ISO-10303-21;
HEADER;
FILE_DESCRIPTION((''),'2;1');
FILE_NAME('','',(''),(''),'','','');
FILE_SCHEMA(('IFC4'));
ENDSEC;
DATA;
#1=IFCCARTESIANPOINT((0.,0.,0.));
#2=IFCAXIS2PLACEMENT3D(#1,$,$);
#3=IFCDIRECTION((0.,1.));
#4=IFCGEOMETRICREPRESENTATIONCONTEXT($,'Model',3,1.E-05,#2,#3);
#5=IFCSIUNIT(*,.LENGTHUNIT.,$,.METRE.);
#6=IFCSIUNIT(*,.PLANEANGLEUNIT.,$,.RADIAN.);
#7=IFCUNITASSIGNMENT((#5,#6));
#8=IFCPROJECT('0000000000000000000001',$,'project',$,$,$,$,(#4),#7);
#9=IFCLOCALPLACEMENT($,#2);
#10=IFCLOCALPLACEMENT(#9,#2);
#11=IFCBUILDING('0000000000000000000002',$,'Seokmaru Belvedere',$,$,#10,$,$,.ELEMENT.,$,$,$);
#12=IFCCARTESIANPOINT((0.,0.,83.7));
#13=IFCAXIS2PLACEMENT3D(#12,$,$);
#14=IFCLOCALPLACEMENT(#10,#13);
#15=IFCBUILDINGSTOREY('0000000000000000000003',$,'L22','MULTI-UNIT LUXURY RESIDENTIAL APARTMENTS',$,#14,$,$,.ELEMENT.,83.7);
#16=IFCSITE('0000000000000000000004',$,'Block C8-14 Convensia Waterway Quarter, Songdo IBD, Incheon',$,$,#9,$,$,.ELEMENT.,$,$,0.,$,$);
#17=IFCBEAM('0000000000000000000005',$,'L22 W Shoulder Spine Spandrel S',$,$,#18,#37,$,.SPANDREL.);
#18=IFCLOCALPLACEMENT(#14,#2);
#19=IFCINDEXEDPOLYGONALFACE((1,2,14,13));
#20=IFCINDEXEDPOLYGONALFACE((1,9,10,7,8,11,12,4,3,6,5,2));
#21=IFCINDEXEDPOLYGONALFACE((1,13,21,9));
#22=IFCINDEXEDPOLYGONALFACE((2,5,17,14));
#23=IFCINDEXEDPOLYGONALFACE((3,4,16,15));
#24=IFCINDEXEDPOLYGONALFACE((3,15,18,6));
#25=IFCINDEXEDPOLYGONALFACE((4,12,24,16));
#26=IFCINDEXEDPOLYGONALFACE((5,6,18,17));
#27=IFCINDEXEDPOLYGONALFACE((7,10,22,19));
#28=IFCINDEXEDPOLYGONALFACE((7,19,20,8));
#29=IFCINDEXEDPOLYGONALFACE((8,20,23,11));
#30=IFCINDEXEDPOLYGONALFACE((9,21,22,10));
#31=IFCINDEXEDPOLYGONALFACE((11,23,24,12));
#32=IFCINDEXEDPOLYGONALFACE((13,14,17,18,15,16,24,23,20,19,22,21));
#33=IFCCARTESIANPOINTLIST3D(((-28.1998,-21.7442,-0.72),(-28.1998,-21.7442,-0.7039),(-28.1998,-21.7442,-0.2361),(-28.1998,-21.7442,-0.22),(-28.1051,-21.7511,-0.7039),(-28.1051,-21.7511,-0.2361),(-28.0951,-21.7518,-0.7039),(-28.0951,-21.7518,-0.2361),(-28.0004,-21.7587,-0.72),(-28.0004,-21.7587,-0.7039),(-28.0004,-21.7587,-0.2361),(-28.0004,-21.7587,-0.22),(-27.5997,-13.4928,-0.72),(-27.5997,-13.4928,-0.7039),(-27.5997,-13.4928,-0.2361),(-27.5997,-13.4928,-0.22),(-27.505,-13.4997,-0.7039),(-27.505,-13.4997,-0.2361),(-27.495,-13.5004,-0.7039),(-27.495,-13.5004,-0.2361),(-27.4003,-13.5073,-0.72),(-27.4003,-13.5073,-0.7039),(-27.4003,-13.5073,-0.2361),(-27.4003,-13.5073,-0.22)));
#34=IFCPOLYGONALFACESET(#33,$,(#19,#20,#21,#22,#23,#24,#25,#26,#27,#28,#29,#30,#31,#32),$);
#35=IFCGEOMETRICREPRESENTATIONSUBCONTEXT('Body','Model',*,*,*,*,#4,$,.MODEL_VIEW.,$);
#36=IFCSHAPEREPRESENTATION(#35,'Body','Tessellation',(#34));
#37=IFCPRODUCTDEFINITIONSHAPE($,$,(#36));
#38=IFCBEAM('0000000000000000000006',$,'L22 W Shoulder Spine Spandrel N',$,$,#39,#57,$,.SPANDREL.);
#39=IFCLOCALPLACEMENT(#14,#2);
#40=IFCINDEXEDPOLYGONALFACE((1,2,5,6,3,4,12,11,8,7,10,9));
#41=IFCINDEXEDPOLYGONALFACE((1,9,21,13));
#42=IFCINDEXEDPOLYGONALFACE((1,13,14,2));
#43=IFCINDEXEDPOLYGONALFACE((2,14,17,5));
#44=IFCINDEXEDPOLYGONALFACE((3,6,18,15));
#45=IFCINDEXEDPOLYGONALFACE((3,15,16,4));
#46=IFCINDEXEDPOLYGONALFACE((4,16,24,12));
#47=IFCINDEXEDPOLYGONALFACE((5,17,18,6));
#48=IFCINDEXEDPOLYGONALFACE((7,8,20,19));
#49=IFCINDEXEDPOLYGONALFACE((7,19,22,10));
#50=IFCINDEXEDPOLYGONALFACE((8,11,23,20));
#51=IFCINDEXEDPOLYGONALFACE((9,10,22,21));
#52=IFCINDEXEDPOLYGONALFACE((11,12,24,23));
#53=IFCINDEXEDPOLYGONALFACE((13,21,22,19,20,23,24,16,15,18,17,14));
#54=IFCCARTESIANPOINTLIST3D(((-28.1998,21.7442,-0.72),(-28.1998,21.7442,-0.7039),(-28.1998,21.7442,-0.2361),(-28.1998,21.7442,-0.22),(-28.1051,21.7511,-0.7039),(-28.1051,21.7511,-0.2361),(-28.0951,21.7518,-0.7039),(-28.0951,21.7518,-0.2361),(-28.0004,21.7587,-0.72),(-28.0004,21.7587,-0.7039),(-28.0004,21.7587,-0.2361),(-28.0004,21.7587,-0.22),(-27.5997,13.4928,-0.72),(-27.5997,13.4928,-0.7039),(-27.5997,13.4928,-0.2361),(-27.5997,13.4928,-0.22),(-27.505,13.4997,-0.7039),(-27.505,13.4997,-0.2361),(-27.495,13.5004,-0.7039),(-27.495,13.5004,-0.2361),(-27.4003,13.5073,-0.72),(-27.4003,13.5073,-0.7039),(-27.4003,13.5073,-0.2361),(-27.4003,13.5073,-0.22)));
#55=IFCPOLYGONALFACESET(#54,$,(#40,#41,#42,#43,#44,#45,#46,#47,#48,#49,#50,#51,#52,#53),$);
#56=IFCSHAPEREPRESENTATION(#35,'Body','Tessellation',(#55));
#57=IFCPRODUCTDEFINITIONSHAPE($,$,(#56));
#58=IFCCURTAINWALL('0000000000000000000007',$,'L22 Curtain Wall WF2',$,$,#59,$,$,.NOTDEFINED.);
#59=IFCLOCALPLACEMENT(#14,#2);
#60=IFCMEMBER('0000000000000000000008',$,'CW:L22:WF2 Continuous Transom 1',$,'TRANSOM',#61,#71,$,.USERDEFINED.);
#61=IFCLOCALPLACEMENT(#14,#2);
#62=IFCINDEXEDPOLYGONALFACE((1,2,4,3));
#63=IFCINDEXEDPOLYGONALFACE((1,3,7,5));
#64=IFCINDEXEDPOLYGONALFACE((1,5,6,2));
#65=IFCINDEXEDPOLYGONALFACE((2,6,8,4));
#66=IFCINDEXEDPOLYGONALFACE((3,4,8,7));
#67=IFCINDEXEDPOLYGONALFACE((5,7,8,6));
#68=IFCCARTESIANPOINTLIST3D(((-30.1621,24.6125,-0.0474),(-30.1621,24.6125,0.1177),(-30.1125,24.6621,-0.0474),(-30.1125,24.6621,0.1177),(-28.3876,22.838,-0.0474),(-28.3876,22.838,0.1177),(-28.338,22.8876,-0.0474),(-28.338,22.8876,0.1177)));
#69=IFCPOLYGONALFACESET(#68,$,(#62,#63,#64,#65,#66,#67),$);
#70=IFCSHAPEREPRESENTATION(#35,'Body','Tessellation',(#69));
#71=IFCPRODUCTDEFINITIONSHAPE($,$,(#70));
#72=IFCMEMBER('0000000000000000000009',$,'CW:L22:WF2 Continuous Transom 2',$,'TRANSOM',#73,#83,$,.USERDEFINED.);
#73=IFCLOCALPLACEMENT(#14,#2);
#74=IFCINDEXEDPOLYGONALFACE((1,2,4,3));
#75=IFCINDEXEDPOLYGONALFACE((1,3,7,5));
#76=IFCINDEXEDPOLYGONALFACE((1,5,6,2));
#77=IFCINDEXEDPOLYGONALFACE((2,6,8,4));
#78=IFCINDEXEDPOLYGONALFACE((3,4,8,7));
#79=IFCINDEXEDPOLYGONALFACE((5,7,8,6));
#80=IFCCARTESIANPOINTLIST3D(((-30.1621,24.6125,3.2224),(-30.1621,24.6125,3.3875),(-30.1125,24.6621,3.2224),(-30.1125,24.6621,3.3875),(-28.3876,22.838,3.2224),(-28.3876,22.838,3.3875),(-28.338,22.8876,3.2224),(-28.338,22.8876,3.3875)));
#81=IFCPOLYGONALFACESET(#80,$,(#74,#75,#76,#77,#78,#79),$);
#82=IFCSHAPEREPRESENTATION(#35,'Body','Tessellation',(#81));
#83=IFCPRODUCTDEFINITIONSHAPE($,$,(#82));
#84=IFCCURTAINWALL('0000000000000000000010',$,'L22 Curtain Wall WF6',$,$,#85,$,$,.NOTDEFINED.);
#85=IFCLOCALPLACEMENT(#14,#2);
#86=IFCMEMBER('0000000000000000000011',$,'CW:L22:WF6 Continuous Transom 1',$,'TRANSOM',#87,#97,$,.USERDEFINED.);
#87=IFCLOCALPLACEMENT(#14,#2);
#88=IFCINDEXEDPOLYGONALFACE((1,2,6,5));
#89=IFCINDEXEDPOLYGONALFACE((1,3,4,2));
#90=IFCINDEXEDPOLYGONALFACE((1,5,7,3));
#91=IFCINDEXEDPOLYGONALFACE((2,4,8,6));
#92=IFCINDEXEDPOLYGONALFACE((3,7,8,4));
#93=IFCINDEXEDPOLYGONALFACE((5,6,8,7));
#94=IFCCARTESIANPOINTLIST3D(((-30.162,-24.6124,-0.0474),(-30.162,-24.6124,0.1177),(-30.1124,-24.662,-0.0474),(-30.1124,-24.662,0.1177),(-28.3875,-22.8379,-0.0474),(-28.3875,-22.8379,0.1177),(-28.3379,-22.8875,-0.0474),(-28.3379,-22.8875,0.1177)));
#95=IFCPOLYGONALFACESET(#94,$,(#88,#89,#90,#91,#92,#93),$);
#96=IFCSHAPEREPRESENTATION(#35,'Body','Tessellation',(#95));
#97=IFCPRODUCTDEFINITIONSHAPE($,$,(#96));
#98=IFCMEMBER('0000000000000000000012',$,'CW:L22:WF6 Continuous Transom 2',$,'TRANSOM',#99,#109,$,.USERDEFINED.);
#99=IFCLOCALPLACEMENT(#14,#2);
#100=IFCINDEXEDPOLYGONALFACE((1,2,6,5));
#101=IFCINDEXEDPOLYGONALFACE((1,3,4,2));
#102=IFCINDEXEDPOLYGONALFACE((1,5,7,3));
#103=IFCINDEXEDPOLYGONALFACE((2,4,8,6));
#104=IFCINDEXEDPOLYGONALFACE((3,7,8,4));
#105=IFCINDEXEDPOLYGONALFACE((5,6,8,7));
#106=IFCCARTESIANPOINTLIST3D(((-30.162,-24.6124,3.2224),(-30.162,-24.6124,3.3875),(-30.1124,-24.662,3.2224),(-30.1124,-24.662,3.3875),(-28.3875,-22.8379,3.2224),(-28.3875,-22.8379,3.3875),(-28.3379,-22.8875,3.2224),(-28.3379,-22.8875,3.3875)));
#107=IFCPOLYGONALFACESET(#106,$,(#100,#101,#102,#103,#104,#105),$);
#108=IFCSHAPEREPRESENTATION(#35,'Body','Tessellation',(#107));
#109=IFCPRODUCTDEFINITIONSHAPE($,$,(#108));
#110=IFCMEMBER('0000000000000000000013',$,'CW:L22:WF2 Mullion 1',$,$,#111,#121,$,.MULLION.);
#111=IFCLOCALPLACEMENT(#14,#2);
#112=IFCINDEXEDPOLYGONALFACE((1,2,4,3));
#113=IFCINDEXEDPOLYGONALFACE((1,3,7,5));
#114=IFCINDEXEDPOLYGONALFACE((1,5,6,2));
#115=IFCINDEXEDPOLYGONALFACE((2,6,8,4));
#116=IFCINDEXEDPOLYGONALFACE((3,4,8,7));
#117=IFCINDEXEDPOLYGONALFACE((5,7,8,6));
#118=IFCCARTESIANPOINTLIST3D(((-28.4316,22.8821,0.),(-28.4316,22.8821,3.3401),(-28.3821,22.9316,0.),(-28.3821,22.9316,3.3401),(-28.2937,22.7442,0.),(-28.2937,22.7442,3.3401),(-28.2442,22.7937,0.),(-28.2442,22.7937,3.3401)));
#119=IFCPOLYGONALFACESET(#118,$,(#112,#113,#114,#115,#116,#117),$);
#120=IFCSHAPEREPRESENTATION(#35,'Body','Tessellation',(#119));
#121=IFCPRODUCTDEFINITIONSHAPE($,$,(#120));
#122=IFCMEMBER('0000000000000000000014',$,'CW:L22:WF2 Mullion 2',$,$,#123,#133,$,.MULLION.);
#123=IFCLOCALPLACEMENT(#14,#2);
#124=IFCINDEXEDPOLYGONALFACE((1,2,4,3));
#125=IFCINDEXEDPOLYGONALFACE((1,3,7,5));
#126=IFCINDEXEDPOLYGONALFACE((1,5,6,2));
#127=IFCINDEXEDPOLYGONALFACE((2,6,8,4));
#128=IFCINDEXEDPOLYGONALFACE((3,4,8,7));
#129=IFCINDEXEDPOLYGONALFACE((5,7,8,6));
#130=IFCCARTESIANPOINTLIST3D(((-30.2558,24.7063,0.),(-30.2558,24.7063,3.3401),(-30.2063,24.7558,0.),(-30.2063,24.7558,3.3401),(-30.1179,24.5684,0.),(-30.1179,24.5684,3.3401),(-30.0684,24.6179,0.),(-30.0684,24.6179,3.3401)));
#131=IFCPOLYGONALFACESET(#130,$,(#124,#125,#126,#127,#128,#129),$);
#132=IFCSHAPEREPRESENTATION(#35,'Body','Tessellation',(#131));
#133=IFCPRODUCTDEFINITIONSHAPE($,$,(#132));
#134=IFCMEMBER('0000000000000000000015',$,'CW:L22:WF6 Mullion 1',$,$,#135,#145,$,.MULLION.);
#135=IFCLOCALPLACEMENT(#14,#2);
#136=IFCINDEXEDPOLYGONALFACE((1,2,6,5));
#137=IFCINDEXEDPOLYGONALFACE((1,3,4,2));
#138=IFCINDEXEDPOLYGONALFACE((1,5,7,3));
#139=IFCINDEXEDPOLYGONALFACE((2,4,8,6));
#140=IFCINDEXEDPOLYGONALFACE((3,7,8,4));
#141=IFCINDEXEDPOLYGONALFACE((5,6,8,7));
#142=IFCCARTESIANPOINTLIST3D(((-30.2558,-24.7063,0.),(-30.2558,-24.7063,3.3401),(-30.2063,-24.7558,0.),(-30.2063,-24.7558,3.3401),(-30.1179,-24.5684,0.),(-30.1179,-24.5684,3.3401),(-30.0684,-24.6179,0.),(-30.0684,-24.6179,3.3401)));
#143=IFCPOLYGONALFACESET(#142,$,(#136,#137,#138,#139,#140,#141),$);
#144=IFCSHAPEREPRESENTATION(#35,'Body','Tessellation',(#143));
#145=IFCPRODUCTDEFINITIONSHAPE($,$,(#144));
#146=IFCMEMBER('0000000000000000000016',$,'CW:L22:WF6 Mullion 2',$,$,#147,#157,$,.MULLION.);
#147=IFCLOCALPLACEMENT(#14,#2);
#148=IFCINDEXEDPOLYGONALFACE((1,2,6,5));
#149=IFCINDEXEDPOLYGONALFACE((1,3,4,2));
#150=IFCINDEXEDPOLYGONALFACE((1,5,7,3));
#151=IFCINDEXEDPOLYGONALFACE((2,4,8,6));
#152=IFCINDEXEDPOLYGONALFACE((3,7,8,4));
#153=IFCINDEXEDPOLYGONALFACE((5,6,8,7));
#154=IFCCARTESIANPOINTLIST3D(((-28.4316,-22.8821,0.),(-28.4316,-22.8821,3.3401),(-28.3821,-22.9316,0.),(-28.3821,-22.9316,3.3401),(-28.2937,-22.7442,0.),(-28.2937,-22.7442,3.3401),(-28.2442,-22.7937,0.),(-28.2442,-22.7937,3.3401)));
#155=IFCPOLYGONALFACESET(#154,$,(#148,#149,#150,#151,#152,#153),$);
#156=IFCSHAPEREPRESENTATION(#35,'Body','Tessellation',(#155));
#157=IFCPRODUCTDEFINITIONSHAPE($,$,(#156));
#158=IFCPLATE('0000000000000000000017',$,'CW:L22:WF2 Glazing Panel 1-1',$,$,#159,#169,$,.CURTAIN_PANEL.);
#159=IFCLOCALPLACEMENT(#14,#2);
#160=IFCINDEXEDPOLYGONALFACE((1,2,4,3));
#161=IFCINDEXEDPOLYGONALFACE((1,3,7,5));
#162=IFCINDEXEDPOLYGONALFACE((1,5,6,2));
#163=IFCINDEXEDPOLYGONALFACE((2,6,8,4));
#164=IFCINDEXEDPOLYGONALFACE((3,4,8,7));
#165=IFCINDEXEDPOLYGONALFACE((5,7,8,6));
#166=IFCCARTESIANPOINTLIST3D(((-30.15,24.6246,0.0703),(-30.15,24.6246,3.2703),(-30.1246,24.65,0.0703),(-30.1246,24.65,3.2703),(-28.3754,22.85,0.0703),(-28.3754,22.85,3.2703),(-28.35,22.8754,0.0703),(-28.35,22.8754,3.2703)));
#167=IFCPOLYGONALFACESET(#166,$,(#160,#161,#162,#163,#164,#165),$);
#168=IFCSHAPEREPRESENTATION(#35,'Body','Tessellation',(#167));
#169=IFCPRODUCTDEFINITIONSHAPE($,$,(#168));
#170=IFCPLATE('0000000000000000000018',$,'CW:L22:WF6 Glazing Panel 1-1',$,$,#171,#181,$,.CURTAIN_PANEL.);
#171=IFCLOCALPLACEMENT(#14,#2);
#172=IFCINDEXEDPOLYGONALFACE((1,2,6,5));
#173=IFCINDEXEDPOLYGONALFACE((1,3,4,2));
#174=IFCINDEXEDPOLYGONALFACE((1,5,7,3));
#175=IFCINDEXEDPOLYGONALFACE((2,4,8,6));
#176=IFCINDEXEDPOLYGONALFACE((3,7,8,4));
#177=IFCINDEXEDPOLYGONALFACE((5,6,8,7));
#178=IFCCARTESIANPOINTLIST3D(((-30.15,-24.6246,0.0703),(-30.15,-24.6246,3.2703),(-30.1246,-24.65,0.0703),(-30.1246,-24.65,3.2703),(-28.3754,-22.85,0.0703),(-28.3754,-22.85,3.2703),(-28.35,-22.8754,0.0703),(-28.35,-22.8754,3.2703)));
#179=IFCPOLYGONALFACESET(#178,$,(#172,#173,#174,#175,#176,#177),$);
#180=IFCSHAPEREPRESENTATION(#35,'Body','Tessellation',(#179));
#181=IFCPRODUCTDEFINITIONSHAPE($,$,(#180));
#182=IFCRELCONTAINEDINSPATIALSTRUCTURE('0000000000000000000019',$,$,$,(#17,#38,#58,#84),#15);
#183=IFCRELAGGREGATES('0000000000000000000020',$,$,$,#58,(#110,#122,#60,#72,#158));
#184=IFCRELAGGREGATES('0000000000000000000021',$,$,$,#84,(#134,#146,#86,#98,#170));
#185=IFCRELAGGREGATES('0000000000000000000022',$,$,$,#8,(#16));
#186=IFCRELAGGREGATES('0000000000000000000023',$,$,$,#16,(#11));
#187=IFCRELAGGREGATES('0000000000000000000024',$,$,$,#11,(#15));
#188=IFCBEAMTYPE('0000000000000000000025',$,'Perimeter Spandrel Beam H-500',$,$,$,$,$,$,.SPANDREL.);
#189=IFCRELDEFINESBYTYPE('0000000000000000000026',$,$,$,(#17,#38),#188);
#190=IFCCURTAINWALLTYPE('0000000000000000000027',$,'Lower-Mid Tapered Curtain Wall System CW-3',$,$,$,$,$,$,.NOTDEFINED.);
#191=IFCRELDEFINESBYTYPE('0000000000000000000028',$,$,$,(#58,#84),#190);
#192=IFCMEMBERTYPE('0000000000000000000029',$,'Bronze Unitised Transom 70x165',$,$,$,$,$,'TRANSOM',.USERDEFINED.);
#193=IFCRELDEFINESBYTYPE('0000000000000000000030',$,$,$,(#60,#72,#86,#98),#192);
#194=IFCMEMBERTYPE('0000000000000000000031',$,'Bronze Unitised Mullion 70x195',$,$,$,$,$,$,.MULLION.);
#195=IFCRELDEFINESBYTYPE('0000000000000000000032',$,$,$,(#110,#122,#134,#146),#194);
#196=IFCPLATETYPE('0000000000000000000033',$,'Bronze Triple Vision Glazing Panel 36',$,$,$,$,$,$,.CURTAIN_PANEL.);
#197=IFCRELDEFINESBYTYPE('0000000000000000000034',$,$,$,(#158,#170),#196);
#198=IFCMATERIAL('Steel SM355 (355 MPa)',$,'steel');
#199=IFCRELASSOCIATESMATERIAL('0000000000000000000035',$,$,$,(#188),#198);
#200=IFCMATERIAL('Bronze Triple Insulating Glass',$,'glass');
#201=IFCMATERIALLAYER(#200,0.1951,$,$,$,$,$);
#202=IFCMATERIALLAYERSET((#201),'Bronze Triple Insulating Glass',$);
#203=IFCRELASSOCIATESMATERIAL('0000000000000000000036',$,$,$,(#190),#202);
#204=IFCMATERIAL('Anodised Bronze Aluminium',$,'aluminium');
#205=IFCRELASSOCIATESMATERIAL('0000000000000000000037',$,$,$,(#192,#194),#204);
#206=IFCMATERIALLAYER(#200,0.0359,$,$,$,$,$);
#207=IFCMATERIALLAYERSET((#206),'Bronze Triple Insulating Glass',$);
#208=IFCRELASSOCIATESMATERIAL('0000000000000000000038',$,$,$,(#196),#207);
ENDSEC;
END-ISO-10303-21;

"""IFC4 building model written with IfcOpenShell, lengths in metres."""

from ifc_helpers import new_model, si_unit, direction, frame, origin, origin_2d, place, context, subcontext, project, spatial, rectangle, i_section, extrude, source, transform, mapped, material, layer, layer_set, material_profile, profile_set, type_object, type_shapes, element, aggregate, save


model = new_model("IFC4")

# Units and contexts
model_context = context("Model", 3, precision=1e-05, world=origin(), true_north=direction((0.0, 1.0)))
body_context = subcontext(model_context, "Body", "Model", "MODEL_VIEW")
ifc_project = project(units=[si_unit("LENGTHUNIT", "METRE"), si_unit("PLANEANGLEUNIT", "RADIAN")], contexts=[model_context])

# Site, building, storey
site_placement = place(None, origin())
site = spatial("IfcSite", under=ifc_project, at=site_placement, Name="Block C8-14 Convensia Waterway Quarter, Songdo IBD, Incheon", CompositionType="ELEMENT", RefElevation=0.0)
building_placement = place(site_placement, origin())
building = spatial("IfcBuilding", under=site, at=building_placement, Name="Seokmaru Belvedere", CompositionType="ELEMENT")
storey_placement = place(building_placement, frame((0.0, 0.0, 83.7)))
storey = spatial("IfcBuildingStorey", under=building, at=storey_placement, Name="L22", Description="MULTI-UNIT LUXURY RESIDENTIAL APARTMENTS", CompositionType="ELEMENT", Elevation=83.7)

# Shared definitions
ifc_material_1 = material(Name="Steel SM355 (355 MPa)", Category="steel")

# Beams
ifc_material_profile_1 = material_profile(ifc_material_1, i_section(OverallWidth=0.2, OverallDepth=0.5, WebThickness=0.01, FlangeThickness=0.0161, at=origin_2d()), Name="H-500x200x10x16")
ifc_profile_set_1 = profile_set([ifc_material_profile_1], Name="Steel SM355 (355 MPa)")
beam_type = type_object("IfcBeamType", Name="Perimeter Spandrel Beam H-500", PredefinedType="SPANDREL", material=ifc_profile_set_1)
shared_shape_1 = source(origin(), body_context, "Body", "SweptSolid", [
    extrude(i_section(OverallWidth=0.2, OverallDepth=0.5, WebThickness=0.01, FlangeThickness=0.0161, at=origin_2d()), origin(), (0.0, 0.0, 1.0), 8.2732),
])
for number, where, z_axis, x_axis, name in (
    (1, (-28.1001, -21.7515, -0.47), (0.072535, 0.997366, 0.0), (-0.997366, 0.072535, 0.0), "L22 W Shoulder Spine Spandrel S"),
    (2, (-28.1001, 21.7515, -0.47), (0.072535, -0.997366, 0.0), (0.997366, 0.072535, 0.0), "L22 W Shoulder Spine Spandrel N"),
):
    element("IfcBeam", number, at=place(storey_placement, frame(where, z_axis=z_axis, x_axis=x_axis)), inside=storey, type_object=beam_type, Name=name, PredefinedType="SPANDREL", context=body_context, shape_type="MappedRepresentation", body=[
        mapped(shared_shape_1, transform((0.0, 0.0, 0.0), scale=1.0)),
    ])

# Curtain walls, members
ifc_material_2 = material(Name="Bronze Triple Insulating Glass", Category="glass")
ifc_layer_1 = layer(ifc_material_2, 0.1951)
ifc_layer_set_1 = layer_set([ifc_layer_1], Name="Bronze Triple Insulating Glass")
curtain_wall_type = type_object("IfcCurtainWallType", Name="Lower-Mid Tapered Curtain Wall System CW-3", PredefinedType="NOTDEFINED", material=ifc_layer_set_1)
curtain_wall_1_placement = place(storey_placement, origin())
curtain_wall_1 = element("IfcCurtainWall", 3, at=curtain_wall_1_placement, inside=storey, type_object=curtain_wall_type, Name="L22 Curtain Wall WF2", PredefinedType="NOTDEFINED")
ifc_material_3 = material(Name="Anodised Bronze Aluminium", Category="aluminium")
ifc_material_profile_2 = material_profile(ifc_material_3, rectangle(XDim=0.0701, YDim=0.165, at=origin_2d()), Name="CW-T-70x165")
ifc_profile_set_2 = profile_set([ifc_material_profile_2], Name="Anodised Bronze Aluminium")
member_type_1 = type_object("IfcMemberType", Name="Bronze Unitised Transom 70x165", ElementType="TRANSOM", PredefinedType="USERDEFINED", material=ifc_profile_set_2)
shared_shape_2 = source(origin(), body_context, "Body", "SweptSolid", [
    extrude(rectangle(XDim=0.0701, YDim=0.165, at=origin_2d()), origin(), (0.0, 0.0, 1.0), 2.5095),
])
type_shapes(member_type_1, [shared_shape_2])
member_1_placement = place(storey_placement, frame((-28.3628, 22.8628, 0.0352), z_axis=(-0.707107, 0.707107, 0.0), x_axis=(-0.707107, -0.707107, 0.0)))
member_1 = element("IfcMember", 4, at=member_1_placement, type_object=member_type_1, Name="CW:L22:WF2 Continuous Transom 1", ObjectType="TRANSOM", PredefinedType="USERDEFINED", context=body_context, shape_type="MappedRepresentation", body=[
    mapped(shared_shape_2, transform((0.0, 0.0, 0.0), scale=1.0)),
])
member_2_placement = place(storey_placement, frame((-28.3628, 22.8628, 3.3049), z_axis=(-0.707107, 0.707107, 0.0), x_axis=(-0.707107, -0.707107, 0.0)))
member_2 = element("IfcMember", 5, at=member_2_placement, type_object=member_type_1, Name="CW:L22:WF2 Continuous Transom 2", ObjectType="TRANSOM", PredefinedType="USERDEFINED", context=body_context, shape_type="MappedRepresentation", body=[
    mapped(shared_shape_2, transform((0.0, 0.0, 0.0), scale=1.0)),
])
curtain_wall_2_placement = place(storey_placement, origin())
curtain_wall_2 = element("IfcCurtainWall", 6, at=curtain_wall_2_placement, inside=storey, type_object=curtain_wall_type, Name="L22 Curtain Wall WF6", PredefinedType="NOTDEFINED")
member_3_placement = place(storey_placement, frame((-30.1372, -24.6372, 0.0352), z_axis=(0.707107, 0.707107, 0.0), x_axis=(-0.707107, 0.707107, 0.0)))
member_3 = element("IfcMember", 7, at=member_3_placement, type_object=member_type_1, Name="CW:L22:WF6 Continuous Transom 1", ObjectType="TRANSOM", PredefinedType="USERDEFINED", context=body_context, shape_type="MappedRepresentation", body=[
    mapped(shared_shape_2, transform((0.0, 0.0, 0.0), scale=1.0)),
])
member_4_placement = place(storey_placement, frame((-30.1372, -24.6372, 3.3049), z_axis=(0.707107, 0.707107, 0.0), x_axis=(-0.707107, 0.707107, 0.0)))
member_4 = element("IfcMember", 8, at=member_4_placement, type_object=member_type_1, Name="CW:L22:WF6 Continuous Transom 2", ObjectType="TRANSOM", PredefinedType="USERDEFINED", context=body_context, shape_type="MappedRepresentation", body=[
    mapped(shared_shape_2, transform((0.0, 0.0, 0.0), scale=1.0)),
])

# Members
ifc_material_profile_3 = material_profile(ifc_material_3, rectangle(XDim=0.0701, YDim=0.1951, at=origin_2d()), Name="CW-M-70x195")
ifc_profile_set_3 = profile_set([ifc_material_profile_3], Name="Anodised Bronze Aluminium")
member_type_2 = type_object("IfcMemberType", Name="Bronze Unitised Mullion 70x195", PredefinedType="MULLION", material=ifc_profile_set_3)
shared_shape_3 = source(origin(), body_context, "Body", "SweptSolid", [
    extrude(rectangle(XDim=0.0701, YDim=0.1951, at=origin_2d()), origin(), (0.0, 0.0, 1.0), 3.3401),
])
type_shapes(member_type_2, [shared_shape_3])
member_5_placement = place(storey_placement, frame((-28.3379, 22.8379, 0.0), z_axis=(0.0, 0.0, 1.0), x_axis=(-0.707107, -0.707107, 0.0)))
member_5 = element("IfcMember", 9, at=member_5_placement, type_object=member_type_2, Name="CW:L22:WF2 Mullion 1", PredefinedType="MULLION", context=body_context, shape_type="MappedRepresentation", body=[
    mapped(shared_shape_3, transform((0.0, 0.0, 0.0), scale=1.0)),
])
member_6_placement = place(storey_placement, frame((-30.1621, 24.6621, 0.0), z_axis=(0.0, 0.0, 1.0), x_axis=(-0.707107, -0.707107, 0.0)))
member_6 = element("IfcMember", 10, at=member_6_placement, type_object=member_type_2, Name="CW:L22:WF2 Mullion 2", PredefinedType="MULLION", context=body_context, shape_type="MappedRepresentation", body=[
    mapped(shared_shape_3, transform((0.0, 0.0, 0.0), scale=1.0)),
])
member_7_placement = place(storey_placement, frame((-30.1621, -24.6621, 0.0), z_axis=(0.0, 0.0, 1.0), x_axis=(-0.707107, 0.707107, 0.0)))
member_7 = element("IfcMember", 11, at=member_7_placement, type_object=member_type_2, Name="CW:L22:WF6 Mullion 1", PredefinedType="MULLION", context=body_context, shape_type="MappedRepresentation", body=[
    mapped(shared_shape_3, transform((0.0, 0.0, 0.0), scale=1.0)),
])
member_8_placement = place(storey_placement, frame((-28.3379, -22.8379, 0.0), z_axis=(0.0, 0.0, 1.0), x_axis=(-0.707107, 0.707107, 0.0)))
member_8 = element("IfcMember", 12, at=member_8_placement, type_object=member_type_2, Name="CW:L22:WF6 Mullion 2", PredefinedType="MULLION", context=body_context, shape_type="MappedRepresentation", body=[
    mapped(shared_shape_3, transform((0.0, 0.0, 0.0), scale=1.0)),
])

# Plates
ifc_layer_2 = layer(ifc_material_2, 0.0359)
ifc_layer_set_2 = layer_set([ifc_layer_2], Name="Bronze Triple Insulating Glass")
plate_type = type_object("IfcPlateType", Name="Bronze Triple Vision Glazing Panel 36", PredefinedType="CURTAIN_PANEL", material=ifc_layer_set_2)
shared_shape_4 = source(origin(), body_context, "Body", "SweptSolid", [
    extrude(rectangle(XDim=2.5098, YDim=0.0359, at=origin_2d()), origin(), (0.0, 0.0, 1.0), 3.2),
])
type_shapes(plate_type, [shared_shape_4])
plate_1_placement = place(storey_placement, frame((-29.25, 23.75, 0.0703), z_axis=(0.0, 0.0, 1.0), x_axis=(-0.707107, 0.707107, 0.0)))
plate_1 = element("IfcPlate", 13, at=plate_1_placement, type_object=plate_type, Name="CW:L22:WF2 Glazing Panel 1-1", PredefinedType="CURTAIN_PANEL", context=body_context, shape_type="MappedRepresentation", body=[
    mapped(shared_shape_4, transform((0.0, 0.0, 0.0), scale=1.0)),
])
aggregate(curtain_wall_1, [member_5, member_6, member_1, member_2, plate_1])
plate_2_placement = place(storey_placement, frame((-29.25, -23.75, 0.0703), z_axis=(0.0, 0.0, 1.0), x_axis=(0.707107, 0.707107, 0.0)))
plate_2 = element("IfcPlate", 14, at=plate_2_placement, type_object=plate_type, Name="CW:L22:WF6 Glazing Panel 1-1", PredefinedType="CURTAIN_PANEL", context=body_context, shape_type="MappedRepresentation", body=[
    mapped(shared_shape_4, transform((0.0, 0.0, 0.0), scale=1.0)),
])
aggregate(curtain_wall_2, [member_7, member_8, member_3, member_4, plate_2])

save(model, "model.ifc")
